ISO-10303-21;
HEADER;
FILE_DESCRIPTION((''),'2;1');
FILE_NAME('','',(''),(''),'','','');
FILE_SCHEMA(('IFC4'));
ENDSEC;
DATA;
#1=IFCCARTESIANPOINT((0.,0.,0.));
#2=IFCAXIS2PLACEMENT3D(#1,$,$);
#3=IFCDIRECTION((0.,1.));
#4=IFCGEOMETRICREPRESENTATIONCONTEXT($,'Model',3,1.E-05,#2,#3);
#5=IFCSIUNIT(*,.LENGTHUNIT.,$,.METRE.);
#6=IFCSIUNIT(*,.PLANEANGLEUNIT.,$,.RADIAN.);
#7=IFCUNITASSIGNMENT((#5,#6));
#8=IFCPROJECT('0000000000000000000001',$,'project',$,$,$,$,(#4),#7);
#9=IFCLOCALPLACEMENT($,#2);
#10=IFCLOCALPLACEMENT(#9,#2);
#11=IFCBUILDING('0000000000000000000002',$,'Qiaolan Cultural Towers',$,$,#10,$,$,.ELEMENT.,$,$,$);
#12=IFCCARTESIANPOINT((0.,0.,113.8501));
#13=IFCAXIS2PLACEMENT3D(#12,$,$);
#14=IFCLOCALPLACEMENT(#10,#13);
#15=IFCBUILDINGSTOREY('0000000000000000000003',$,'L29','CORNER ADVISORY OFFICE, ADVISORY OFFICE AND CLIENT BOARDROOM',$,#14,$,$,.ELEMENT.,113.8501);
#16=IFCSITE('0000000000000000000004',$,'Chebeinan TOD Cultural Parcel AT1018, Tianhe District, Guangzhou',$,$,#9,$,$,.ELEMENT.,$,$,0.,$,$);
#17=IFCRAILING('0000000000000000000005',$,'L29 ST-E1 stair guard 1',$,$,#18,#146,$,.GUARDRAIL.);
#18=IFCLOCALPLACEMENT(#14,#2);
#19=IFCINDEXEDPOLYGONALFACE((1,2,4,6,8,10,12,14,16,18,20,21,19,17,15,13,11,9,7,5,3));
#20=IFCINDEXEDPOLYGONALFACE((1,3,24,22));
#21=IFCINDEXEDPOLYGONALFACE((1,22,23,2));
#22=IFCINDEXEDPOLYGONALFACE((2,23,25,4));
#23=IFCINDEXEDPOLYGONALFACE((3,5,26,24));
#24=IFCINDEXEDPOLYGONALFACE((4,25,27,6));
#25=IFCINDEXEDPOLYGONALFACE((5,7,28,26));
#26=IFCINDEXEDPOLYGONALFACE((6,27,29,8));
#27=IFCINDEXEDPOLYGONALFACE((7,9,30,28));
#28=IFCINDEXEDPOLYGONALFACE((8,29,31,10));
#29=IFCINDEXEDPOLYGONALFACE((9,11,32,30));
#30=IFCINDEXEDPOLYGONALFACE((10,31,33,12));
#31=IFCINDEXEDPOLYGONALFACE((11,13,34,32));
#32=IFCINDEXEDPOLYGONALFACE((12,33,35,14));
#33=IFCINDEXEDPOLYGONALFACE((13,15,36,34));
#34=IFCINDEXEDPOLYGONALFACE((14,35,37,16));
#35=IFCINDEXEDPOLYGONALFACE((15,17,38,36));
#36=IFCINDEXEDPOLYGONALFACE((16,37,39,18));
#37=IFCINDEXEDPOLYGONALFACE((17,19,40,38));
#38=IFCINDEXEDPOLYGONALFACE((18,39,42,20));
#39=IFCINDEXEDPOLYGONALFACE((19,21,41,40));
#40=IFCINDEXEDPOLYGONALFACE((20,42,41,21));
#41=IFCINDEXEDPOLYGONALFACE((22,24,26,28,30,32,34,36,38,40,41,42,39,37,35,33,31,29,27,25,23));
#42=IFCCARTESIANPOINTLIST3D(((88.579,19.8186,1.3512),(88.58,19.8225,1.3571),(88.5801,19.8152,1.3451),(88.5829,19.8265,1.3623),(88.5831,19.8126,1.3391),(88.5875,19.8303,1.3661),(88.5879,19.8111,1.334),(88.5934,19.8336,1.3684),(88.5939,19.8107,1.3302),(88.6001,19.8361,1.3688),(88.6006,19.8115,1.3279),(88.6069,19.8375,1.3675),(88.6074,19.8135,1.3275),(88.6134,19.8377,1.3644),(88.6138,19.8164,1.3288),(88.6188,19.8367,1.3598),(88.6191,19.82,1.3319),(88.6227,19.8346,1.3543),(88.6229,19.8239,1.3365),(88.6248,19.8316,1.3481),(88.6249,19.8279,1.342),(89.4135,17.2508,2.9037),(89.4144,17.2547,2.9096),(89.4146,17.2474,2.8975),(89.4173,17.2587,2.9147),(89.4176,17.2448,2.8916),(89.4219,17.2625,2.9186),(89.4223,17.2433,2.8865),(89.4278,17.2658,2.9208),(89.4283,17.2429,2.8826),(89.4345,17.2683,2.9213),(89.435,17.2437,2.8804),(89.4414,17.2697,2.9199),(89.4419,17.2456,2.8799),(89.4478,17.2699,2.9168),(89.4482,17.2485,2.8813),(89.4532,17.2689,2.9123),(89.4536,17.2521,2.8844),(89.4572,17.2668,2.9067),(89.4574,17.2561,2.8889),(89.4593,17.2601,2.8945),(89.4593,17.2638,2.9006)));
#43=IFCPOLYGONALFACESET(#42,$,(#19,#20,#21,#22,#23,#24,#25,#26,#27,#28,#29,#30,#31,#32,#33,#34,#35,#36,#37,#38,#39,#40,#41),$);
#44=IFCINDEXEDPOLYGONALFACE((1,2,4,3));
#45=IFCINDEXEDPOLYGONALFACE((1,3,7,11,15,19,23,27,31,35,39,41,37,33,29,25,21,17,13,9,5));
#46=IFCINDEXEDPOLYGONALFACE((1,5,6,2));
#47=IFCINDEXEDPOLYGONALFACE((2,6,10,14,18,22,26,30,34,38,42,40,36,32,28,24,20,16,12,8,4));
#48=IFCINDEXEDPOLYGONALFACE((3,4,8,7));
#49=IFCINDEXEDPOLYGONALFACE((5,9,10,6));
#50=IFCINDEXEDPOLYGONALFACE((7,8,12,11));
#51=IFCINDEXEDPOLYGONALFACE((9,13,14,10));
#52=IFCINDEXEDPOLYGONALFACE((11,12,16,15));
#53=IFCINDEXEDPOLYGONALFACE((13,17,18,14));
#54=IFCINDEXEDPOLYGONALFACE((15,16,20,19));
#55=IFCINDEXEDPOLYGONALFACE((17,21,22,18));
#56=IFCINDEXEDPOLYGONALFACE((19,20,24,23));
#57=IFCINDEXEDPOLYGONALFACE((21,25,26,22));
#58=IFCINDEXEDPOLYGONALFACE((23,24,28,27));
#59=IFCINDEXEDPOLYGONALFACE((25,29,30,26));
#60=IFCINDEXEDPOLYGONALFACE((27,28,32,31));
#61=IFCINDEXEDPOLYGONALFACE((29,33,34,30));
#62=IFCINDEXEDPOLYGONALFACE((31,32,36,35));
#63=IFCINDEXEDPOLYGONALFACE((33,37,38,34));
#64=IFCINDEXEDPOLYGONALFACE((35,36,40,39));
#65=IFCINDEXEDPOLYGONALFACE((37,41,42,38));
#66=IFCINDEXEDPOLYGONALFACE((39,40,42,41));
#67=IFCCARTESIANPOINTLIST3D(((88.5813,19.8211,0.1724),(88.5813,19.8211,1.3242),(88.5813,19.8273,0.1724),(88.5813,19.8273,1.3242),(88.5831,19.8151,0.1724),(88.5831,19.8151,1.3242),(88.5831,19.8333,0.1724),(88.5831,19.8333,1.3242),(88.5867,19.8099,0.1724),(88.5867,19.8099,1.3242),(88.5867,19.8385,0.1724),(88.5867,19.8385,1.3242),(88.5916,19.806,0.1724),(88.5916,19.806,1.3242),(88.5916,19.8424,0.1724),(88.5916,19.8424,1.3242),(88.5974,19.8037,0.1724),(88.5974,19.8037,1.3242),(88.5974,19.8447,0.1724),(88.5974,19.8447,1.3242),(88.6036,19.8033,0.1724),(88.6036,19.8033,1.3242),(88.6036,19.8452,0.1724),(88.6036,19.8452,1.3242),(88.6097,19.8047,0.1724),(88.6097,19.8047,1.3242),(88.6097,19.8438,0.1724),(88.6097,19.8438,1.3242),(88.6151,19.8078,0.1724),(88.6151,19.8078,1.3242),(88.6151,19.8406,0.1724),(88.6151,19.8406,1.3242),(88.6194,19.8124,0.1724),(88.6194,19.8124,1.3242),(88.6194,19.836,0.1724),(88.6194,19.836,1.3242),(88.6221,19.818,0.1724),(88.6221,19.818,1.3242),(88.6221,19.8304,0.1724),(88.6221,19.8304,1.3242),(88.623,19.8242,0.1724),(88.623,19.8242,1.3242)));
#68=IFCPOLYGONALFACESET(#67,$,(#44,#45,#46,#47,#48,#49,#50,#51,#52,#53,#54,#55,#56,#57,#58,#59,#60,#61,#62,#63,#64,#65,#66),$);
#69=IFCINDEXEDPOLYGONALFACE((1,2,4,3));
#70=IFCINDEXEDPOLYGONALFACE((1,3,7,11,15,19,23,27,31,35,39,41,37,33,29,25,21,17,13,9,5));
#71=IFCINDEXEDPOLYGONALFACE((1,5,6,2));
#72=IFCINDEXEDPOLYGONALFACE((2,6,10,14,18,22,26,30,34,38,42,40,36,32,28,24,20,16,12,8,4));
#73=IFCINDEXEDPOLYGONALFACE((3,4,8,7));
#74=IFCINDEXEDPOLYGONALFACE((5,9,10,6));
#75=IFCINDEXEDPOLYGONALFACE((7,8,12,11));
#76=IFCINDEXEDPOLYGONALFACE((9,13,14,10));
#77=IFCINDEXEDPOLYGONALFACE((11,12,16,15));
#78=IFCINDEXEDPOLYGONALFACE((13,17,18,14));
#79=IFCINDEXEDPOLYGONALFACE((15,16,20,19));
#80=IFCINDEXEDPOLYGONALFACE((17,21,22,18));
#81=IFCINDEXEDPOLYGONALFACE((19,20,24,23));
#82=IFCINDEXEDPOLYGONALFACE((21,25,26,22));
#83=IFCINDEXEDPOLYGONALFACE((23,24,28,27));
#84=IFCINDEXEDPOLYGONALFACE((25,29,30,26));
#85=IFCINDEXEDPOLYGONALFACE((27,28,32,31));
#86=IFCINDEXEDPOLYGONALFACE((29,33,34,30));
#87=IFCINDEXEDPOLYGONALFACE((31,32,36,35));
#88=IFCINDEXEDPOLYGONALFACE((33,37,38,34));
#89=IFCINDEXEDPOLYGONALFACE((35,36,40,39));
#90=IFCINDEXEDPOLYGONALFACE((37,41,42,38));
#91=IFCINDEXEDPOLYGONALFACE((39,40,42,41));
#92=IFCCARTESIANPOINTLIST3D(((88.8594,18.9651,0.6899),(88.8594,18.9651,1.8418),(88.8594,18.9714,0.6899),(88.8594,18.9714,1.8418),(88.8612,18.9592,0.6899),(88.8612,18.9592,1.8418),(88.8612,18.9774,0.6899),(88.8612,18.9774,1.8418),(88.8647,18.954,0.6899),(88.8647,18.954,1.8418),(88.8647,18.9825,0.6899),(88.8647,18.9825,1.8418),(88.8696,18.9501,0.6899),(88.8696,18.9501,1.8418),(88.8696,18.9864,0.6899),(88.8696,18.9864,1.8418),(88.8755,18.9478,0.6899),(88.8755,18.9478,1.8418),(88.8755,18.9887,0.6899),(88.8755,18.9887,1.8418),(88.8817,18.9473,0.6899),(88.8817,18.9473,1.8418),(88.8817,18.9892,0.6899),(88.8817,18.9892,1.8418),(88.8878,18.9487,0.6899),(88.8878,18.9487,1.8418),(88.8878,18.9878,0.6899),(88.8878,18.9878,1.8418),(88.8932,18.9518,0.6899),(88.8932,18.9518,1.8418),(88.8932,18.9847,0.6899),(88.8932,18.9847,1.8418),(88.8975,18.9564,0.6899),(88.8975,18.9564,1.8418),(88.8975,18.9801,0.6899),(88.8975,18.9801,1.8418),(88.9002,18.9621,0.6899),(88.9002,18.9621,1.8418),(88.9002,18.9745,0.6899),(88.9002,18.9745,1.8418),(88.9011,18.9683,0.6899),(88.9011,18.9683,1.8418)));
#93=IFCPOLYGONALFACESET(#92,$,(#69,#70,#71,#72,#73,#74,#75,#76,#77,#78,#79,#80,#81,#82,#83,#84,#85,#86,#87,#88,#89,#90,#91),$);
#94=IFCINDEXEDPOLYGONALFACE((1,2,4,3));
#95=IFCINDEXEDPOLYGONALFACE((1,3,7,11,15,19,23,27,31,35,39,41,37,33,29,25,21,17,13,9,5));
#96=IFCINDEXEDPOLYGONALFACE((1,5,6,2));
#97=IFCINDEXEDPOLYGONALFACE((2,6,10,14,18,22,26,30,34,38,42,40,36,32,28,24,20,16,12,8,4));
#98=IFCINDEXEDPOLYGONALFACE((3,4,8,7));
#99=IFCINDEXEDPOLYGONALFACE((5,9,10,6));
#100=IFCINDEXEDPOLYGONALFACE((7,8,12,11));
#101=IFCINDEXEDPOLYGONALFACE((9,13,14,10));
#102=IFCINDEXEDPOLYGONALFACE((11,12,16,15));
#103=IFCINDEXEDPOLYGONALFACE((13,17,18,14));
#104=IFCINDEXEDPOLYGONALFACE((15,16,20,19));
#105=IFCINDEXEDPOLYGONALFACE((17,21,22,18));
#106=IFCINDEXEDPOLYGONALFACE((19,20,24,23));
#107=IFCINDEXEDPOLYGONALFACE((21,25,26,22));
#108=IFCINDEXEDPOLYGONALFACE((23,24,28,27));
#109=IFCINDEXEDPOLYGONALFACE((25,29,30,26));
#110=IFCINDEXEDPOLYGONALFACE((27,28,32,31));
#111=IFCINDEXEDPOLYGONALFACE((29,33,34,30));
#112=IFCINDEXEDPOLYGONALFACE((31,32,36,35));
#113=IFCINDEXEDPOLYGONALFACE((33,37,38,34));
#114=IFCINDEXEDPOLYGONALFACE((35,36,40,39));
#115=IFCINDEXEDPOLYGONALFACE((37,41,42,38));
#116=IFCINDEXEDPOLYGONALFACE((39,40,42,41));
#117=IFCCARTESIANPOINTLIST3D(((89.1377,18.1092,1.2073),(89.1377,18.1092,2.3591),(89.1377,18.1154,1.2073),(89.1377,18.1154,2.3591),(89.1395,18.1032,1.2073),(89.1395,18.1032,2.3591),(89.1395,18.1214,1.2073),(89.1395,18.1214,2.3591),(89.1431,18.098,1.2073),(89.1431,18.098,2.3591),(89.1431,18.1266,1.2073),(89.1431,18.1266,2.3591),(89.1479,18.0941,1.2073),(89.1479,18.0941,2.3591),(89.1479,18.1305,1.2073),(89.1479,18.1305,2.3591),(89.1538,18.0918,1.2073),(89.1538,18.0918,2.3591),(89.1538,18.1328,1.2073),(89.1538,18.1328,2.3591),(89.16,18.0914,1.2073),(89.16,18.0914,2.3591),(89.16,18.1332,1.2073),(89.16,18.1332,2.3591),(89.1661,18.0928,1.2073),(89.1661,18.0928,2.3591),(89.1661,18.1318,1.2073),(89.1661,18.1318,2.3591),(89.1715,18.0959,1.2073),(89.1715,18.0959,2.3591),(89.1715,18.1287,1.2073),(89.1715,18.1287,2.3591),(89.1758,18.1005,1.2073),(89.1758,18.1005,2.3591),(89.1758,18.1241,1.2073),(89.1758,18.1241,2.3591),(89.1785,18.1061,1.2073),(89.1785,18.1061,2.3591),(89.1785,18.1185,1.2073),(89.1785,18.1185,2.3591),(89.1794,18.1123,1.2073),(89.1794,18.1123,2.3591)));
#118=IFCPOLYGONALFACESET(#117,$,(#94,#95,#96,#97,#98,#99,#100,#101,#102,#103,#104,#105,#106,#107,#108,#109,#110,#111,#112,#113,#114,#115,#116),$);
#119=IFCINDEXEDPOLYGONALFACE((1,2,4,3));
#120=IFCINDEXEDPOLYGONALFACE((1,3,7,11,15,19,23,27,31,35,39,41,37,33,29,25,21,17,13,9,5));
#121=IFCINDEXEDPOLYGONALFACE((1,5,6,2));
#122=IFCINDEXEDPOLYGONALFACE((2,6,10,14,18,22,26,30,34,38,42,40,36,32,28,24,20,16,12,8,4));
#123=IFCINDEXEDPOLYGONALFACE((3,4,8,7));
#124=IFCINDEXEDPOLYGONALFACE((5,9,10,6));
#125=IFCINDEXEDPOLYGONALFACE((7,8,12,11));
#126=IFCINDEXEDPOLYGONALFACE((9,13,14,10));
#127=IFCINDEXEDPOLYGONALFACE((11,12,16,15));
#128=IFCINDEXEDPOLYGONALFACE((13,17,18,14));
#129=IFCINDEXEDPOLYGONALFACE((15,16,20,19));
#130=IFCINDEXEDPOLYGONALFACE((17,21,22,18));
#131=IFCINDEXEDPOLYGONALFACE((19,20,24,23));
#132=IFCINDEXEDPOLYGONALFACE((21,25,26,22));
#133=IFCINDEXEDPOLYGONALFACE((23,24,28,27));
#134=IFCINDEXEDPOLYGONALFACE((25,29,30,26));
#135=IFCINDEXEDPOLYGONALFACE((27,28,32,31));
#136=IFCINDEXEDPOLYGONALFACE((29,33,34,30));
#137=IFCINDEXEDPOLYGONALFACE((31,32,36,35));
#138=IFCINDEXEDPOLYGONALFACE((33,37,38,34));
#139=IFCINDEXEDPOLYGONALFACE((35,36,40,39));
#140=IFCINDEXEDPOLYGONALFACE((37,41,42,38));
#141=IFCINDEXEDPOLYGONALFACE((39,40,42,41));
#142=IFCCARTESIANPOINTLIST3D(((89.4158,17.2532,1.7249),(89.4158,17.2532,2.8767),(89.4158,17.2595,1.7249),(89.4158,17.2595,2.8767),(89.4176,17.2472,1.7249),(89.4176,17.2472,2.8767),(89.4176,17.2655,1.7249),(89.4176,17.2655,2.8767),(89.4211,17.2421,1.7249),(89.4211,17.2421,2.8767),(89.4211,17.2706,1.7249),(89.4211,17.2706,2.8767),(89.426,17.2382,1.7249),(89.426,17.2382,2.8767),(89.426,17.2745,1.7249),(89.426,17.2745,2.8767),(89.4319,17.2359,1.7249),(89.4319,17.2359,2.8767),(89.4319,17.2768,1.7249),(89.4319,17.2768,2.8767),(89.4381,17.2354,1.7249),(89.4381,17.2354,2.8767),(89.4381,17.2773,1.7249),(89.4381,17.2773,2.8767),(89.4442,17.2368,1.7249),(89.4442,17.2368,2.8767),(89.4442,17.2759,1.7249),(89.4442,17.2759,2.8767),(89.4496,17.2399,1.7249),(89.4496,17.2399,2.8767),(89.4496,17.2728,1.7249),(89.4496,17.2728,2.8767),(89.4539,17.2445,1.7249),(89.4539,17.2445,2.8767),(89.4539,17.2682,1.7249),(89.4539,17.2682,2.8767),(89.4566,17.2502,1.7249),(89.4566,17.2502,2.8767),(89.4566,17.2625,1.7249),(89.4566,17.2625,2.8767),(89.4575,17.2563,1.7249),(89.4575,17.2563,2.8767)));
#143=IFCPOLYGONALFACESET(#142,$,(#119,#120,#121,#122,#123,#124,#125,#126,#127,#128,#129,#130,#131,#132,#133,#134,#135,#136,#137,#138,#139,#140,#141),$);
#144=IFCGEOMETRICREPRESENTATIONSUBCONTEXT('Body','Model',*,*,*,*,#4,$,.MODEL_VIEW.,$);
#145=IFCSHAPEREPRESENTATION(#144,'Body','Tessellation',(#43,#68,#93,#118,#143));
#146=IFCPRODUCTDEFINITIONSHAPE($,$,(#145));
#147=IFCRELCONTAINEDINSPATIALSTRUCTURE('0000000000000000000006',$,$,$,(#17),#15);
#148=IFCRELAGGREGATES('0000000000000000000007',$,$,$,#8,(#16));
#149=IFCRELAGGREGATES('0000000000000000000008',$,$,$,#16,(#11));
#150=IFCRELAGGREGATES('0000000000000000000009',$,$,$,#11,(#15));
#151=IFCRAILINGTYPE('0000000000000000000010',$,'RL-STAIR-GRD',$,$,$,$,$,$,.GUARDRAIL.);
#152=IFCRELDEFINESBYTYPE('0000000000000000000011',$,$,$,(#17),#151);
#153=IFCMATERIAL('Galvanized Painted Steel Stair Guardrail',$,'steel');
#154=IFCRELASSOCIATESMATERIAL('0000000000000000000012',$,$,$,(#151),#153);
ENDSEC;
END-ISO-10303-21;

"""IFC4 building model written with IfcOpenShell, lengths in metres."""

from ifc_helpers import new_model, si_unit, direction, frame, origin, origin_2d, place, context, subcontext, project, spatial, circle, extrude, material, type_object, element, save


model = new_model("IFC4")

# Units and contexts
model_context = context("Model", 3, precision=1e-05, world=origin(), true_north=direction((0.0, 1.0)))
body_context = subcontext(model_context, "Body", "Model", "MODEL_VIEW")
ifc_project = project(units=[si_unit("LENGTHUNIT", "METRE"), si_unit("PLANEANGLEUNIT", "RADIAN")], contexts=[model_context])

# Site, building, storey
site_placement = place(None, origin())
site = spatial("IfcSite", under=ifc_project, at=site_placement, Name="Chebeinan TOD Cultural Parcel AT1018, Tianhe District, Guangzhou", CompositionType="ELEMENT", RefElevation=0.0)
building_placement = place(site_placement, origin())
building = spatial("IfcBuilding", under=site, at=building_placement, Name="Qiaolan Cultural Towers", CompositionType="ELEMENT")
storey_placement = place(building_placement, frame((0.0, 0.0, 113.8501)))
storey = spatial("IfcBuildingStorey", under=building, at=storey_placement, Name="L29", Description="CORNER ADVISORY OFFICE, ADVISORY OFFICE AND CLIENT BOARDROOM", CompositionType="ELEMENT", Elevation=113.8501)

# Railing
ifc_material_1 = material(Name="Galvanized Painted Steel Stair Guardrail", Category="steel")
railing_type_1 = type_object("IfcRailingType", Name="RL-STAIR-GRD", PredefinedType="GUARDRAIL", material=ifc_material_1)
railing_1_placement = place(storey_placement, frame((88.6021, 19.8242, 0.1724)))
element("IfcRailing", 1, at=railing_1_placement, inside=storey, type_object=railing_type_1, Name="L29 ST-E1 stair guard 1", PredefinedType="GUARDRAIL", context=body_context, shape_type="SweptSolid", body=[
    extrude(circle(Radius=0.0239, at=origin_2d()), frame((0.0, 0.0, 1.1758), z_axis=(0.267926, -0.824471, 0.498461), x_axis=(0.951043, 0.309057, 0.0)), (0.0, 0.0, 1.0), 3.1145),
    extrude(circle(Radius=0.021, at=origin_2d()), origin(), (0.0, 0.0, 1.0), 1.1519),
    extrude(circle(Radius=0.021, at=origin_2d()), frame((0.2781, -0.856, 0.5176)), (0.0, 0.0, 1.0), 1.1519),
    extrude(circle(Radius=0.021, at=origin_2d()), frame((0.5564, -1.7119, 1.0349)), (0.0, 0.0, 1.0), 1.1519),
    extrude(circle(Radius=0.021, at=origin_2d()), frame((0.8345, -2.5679, 1.5525)), (0.0, 0.0, 1.0), 1.1519),
])

save(model, "model.ifc")
